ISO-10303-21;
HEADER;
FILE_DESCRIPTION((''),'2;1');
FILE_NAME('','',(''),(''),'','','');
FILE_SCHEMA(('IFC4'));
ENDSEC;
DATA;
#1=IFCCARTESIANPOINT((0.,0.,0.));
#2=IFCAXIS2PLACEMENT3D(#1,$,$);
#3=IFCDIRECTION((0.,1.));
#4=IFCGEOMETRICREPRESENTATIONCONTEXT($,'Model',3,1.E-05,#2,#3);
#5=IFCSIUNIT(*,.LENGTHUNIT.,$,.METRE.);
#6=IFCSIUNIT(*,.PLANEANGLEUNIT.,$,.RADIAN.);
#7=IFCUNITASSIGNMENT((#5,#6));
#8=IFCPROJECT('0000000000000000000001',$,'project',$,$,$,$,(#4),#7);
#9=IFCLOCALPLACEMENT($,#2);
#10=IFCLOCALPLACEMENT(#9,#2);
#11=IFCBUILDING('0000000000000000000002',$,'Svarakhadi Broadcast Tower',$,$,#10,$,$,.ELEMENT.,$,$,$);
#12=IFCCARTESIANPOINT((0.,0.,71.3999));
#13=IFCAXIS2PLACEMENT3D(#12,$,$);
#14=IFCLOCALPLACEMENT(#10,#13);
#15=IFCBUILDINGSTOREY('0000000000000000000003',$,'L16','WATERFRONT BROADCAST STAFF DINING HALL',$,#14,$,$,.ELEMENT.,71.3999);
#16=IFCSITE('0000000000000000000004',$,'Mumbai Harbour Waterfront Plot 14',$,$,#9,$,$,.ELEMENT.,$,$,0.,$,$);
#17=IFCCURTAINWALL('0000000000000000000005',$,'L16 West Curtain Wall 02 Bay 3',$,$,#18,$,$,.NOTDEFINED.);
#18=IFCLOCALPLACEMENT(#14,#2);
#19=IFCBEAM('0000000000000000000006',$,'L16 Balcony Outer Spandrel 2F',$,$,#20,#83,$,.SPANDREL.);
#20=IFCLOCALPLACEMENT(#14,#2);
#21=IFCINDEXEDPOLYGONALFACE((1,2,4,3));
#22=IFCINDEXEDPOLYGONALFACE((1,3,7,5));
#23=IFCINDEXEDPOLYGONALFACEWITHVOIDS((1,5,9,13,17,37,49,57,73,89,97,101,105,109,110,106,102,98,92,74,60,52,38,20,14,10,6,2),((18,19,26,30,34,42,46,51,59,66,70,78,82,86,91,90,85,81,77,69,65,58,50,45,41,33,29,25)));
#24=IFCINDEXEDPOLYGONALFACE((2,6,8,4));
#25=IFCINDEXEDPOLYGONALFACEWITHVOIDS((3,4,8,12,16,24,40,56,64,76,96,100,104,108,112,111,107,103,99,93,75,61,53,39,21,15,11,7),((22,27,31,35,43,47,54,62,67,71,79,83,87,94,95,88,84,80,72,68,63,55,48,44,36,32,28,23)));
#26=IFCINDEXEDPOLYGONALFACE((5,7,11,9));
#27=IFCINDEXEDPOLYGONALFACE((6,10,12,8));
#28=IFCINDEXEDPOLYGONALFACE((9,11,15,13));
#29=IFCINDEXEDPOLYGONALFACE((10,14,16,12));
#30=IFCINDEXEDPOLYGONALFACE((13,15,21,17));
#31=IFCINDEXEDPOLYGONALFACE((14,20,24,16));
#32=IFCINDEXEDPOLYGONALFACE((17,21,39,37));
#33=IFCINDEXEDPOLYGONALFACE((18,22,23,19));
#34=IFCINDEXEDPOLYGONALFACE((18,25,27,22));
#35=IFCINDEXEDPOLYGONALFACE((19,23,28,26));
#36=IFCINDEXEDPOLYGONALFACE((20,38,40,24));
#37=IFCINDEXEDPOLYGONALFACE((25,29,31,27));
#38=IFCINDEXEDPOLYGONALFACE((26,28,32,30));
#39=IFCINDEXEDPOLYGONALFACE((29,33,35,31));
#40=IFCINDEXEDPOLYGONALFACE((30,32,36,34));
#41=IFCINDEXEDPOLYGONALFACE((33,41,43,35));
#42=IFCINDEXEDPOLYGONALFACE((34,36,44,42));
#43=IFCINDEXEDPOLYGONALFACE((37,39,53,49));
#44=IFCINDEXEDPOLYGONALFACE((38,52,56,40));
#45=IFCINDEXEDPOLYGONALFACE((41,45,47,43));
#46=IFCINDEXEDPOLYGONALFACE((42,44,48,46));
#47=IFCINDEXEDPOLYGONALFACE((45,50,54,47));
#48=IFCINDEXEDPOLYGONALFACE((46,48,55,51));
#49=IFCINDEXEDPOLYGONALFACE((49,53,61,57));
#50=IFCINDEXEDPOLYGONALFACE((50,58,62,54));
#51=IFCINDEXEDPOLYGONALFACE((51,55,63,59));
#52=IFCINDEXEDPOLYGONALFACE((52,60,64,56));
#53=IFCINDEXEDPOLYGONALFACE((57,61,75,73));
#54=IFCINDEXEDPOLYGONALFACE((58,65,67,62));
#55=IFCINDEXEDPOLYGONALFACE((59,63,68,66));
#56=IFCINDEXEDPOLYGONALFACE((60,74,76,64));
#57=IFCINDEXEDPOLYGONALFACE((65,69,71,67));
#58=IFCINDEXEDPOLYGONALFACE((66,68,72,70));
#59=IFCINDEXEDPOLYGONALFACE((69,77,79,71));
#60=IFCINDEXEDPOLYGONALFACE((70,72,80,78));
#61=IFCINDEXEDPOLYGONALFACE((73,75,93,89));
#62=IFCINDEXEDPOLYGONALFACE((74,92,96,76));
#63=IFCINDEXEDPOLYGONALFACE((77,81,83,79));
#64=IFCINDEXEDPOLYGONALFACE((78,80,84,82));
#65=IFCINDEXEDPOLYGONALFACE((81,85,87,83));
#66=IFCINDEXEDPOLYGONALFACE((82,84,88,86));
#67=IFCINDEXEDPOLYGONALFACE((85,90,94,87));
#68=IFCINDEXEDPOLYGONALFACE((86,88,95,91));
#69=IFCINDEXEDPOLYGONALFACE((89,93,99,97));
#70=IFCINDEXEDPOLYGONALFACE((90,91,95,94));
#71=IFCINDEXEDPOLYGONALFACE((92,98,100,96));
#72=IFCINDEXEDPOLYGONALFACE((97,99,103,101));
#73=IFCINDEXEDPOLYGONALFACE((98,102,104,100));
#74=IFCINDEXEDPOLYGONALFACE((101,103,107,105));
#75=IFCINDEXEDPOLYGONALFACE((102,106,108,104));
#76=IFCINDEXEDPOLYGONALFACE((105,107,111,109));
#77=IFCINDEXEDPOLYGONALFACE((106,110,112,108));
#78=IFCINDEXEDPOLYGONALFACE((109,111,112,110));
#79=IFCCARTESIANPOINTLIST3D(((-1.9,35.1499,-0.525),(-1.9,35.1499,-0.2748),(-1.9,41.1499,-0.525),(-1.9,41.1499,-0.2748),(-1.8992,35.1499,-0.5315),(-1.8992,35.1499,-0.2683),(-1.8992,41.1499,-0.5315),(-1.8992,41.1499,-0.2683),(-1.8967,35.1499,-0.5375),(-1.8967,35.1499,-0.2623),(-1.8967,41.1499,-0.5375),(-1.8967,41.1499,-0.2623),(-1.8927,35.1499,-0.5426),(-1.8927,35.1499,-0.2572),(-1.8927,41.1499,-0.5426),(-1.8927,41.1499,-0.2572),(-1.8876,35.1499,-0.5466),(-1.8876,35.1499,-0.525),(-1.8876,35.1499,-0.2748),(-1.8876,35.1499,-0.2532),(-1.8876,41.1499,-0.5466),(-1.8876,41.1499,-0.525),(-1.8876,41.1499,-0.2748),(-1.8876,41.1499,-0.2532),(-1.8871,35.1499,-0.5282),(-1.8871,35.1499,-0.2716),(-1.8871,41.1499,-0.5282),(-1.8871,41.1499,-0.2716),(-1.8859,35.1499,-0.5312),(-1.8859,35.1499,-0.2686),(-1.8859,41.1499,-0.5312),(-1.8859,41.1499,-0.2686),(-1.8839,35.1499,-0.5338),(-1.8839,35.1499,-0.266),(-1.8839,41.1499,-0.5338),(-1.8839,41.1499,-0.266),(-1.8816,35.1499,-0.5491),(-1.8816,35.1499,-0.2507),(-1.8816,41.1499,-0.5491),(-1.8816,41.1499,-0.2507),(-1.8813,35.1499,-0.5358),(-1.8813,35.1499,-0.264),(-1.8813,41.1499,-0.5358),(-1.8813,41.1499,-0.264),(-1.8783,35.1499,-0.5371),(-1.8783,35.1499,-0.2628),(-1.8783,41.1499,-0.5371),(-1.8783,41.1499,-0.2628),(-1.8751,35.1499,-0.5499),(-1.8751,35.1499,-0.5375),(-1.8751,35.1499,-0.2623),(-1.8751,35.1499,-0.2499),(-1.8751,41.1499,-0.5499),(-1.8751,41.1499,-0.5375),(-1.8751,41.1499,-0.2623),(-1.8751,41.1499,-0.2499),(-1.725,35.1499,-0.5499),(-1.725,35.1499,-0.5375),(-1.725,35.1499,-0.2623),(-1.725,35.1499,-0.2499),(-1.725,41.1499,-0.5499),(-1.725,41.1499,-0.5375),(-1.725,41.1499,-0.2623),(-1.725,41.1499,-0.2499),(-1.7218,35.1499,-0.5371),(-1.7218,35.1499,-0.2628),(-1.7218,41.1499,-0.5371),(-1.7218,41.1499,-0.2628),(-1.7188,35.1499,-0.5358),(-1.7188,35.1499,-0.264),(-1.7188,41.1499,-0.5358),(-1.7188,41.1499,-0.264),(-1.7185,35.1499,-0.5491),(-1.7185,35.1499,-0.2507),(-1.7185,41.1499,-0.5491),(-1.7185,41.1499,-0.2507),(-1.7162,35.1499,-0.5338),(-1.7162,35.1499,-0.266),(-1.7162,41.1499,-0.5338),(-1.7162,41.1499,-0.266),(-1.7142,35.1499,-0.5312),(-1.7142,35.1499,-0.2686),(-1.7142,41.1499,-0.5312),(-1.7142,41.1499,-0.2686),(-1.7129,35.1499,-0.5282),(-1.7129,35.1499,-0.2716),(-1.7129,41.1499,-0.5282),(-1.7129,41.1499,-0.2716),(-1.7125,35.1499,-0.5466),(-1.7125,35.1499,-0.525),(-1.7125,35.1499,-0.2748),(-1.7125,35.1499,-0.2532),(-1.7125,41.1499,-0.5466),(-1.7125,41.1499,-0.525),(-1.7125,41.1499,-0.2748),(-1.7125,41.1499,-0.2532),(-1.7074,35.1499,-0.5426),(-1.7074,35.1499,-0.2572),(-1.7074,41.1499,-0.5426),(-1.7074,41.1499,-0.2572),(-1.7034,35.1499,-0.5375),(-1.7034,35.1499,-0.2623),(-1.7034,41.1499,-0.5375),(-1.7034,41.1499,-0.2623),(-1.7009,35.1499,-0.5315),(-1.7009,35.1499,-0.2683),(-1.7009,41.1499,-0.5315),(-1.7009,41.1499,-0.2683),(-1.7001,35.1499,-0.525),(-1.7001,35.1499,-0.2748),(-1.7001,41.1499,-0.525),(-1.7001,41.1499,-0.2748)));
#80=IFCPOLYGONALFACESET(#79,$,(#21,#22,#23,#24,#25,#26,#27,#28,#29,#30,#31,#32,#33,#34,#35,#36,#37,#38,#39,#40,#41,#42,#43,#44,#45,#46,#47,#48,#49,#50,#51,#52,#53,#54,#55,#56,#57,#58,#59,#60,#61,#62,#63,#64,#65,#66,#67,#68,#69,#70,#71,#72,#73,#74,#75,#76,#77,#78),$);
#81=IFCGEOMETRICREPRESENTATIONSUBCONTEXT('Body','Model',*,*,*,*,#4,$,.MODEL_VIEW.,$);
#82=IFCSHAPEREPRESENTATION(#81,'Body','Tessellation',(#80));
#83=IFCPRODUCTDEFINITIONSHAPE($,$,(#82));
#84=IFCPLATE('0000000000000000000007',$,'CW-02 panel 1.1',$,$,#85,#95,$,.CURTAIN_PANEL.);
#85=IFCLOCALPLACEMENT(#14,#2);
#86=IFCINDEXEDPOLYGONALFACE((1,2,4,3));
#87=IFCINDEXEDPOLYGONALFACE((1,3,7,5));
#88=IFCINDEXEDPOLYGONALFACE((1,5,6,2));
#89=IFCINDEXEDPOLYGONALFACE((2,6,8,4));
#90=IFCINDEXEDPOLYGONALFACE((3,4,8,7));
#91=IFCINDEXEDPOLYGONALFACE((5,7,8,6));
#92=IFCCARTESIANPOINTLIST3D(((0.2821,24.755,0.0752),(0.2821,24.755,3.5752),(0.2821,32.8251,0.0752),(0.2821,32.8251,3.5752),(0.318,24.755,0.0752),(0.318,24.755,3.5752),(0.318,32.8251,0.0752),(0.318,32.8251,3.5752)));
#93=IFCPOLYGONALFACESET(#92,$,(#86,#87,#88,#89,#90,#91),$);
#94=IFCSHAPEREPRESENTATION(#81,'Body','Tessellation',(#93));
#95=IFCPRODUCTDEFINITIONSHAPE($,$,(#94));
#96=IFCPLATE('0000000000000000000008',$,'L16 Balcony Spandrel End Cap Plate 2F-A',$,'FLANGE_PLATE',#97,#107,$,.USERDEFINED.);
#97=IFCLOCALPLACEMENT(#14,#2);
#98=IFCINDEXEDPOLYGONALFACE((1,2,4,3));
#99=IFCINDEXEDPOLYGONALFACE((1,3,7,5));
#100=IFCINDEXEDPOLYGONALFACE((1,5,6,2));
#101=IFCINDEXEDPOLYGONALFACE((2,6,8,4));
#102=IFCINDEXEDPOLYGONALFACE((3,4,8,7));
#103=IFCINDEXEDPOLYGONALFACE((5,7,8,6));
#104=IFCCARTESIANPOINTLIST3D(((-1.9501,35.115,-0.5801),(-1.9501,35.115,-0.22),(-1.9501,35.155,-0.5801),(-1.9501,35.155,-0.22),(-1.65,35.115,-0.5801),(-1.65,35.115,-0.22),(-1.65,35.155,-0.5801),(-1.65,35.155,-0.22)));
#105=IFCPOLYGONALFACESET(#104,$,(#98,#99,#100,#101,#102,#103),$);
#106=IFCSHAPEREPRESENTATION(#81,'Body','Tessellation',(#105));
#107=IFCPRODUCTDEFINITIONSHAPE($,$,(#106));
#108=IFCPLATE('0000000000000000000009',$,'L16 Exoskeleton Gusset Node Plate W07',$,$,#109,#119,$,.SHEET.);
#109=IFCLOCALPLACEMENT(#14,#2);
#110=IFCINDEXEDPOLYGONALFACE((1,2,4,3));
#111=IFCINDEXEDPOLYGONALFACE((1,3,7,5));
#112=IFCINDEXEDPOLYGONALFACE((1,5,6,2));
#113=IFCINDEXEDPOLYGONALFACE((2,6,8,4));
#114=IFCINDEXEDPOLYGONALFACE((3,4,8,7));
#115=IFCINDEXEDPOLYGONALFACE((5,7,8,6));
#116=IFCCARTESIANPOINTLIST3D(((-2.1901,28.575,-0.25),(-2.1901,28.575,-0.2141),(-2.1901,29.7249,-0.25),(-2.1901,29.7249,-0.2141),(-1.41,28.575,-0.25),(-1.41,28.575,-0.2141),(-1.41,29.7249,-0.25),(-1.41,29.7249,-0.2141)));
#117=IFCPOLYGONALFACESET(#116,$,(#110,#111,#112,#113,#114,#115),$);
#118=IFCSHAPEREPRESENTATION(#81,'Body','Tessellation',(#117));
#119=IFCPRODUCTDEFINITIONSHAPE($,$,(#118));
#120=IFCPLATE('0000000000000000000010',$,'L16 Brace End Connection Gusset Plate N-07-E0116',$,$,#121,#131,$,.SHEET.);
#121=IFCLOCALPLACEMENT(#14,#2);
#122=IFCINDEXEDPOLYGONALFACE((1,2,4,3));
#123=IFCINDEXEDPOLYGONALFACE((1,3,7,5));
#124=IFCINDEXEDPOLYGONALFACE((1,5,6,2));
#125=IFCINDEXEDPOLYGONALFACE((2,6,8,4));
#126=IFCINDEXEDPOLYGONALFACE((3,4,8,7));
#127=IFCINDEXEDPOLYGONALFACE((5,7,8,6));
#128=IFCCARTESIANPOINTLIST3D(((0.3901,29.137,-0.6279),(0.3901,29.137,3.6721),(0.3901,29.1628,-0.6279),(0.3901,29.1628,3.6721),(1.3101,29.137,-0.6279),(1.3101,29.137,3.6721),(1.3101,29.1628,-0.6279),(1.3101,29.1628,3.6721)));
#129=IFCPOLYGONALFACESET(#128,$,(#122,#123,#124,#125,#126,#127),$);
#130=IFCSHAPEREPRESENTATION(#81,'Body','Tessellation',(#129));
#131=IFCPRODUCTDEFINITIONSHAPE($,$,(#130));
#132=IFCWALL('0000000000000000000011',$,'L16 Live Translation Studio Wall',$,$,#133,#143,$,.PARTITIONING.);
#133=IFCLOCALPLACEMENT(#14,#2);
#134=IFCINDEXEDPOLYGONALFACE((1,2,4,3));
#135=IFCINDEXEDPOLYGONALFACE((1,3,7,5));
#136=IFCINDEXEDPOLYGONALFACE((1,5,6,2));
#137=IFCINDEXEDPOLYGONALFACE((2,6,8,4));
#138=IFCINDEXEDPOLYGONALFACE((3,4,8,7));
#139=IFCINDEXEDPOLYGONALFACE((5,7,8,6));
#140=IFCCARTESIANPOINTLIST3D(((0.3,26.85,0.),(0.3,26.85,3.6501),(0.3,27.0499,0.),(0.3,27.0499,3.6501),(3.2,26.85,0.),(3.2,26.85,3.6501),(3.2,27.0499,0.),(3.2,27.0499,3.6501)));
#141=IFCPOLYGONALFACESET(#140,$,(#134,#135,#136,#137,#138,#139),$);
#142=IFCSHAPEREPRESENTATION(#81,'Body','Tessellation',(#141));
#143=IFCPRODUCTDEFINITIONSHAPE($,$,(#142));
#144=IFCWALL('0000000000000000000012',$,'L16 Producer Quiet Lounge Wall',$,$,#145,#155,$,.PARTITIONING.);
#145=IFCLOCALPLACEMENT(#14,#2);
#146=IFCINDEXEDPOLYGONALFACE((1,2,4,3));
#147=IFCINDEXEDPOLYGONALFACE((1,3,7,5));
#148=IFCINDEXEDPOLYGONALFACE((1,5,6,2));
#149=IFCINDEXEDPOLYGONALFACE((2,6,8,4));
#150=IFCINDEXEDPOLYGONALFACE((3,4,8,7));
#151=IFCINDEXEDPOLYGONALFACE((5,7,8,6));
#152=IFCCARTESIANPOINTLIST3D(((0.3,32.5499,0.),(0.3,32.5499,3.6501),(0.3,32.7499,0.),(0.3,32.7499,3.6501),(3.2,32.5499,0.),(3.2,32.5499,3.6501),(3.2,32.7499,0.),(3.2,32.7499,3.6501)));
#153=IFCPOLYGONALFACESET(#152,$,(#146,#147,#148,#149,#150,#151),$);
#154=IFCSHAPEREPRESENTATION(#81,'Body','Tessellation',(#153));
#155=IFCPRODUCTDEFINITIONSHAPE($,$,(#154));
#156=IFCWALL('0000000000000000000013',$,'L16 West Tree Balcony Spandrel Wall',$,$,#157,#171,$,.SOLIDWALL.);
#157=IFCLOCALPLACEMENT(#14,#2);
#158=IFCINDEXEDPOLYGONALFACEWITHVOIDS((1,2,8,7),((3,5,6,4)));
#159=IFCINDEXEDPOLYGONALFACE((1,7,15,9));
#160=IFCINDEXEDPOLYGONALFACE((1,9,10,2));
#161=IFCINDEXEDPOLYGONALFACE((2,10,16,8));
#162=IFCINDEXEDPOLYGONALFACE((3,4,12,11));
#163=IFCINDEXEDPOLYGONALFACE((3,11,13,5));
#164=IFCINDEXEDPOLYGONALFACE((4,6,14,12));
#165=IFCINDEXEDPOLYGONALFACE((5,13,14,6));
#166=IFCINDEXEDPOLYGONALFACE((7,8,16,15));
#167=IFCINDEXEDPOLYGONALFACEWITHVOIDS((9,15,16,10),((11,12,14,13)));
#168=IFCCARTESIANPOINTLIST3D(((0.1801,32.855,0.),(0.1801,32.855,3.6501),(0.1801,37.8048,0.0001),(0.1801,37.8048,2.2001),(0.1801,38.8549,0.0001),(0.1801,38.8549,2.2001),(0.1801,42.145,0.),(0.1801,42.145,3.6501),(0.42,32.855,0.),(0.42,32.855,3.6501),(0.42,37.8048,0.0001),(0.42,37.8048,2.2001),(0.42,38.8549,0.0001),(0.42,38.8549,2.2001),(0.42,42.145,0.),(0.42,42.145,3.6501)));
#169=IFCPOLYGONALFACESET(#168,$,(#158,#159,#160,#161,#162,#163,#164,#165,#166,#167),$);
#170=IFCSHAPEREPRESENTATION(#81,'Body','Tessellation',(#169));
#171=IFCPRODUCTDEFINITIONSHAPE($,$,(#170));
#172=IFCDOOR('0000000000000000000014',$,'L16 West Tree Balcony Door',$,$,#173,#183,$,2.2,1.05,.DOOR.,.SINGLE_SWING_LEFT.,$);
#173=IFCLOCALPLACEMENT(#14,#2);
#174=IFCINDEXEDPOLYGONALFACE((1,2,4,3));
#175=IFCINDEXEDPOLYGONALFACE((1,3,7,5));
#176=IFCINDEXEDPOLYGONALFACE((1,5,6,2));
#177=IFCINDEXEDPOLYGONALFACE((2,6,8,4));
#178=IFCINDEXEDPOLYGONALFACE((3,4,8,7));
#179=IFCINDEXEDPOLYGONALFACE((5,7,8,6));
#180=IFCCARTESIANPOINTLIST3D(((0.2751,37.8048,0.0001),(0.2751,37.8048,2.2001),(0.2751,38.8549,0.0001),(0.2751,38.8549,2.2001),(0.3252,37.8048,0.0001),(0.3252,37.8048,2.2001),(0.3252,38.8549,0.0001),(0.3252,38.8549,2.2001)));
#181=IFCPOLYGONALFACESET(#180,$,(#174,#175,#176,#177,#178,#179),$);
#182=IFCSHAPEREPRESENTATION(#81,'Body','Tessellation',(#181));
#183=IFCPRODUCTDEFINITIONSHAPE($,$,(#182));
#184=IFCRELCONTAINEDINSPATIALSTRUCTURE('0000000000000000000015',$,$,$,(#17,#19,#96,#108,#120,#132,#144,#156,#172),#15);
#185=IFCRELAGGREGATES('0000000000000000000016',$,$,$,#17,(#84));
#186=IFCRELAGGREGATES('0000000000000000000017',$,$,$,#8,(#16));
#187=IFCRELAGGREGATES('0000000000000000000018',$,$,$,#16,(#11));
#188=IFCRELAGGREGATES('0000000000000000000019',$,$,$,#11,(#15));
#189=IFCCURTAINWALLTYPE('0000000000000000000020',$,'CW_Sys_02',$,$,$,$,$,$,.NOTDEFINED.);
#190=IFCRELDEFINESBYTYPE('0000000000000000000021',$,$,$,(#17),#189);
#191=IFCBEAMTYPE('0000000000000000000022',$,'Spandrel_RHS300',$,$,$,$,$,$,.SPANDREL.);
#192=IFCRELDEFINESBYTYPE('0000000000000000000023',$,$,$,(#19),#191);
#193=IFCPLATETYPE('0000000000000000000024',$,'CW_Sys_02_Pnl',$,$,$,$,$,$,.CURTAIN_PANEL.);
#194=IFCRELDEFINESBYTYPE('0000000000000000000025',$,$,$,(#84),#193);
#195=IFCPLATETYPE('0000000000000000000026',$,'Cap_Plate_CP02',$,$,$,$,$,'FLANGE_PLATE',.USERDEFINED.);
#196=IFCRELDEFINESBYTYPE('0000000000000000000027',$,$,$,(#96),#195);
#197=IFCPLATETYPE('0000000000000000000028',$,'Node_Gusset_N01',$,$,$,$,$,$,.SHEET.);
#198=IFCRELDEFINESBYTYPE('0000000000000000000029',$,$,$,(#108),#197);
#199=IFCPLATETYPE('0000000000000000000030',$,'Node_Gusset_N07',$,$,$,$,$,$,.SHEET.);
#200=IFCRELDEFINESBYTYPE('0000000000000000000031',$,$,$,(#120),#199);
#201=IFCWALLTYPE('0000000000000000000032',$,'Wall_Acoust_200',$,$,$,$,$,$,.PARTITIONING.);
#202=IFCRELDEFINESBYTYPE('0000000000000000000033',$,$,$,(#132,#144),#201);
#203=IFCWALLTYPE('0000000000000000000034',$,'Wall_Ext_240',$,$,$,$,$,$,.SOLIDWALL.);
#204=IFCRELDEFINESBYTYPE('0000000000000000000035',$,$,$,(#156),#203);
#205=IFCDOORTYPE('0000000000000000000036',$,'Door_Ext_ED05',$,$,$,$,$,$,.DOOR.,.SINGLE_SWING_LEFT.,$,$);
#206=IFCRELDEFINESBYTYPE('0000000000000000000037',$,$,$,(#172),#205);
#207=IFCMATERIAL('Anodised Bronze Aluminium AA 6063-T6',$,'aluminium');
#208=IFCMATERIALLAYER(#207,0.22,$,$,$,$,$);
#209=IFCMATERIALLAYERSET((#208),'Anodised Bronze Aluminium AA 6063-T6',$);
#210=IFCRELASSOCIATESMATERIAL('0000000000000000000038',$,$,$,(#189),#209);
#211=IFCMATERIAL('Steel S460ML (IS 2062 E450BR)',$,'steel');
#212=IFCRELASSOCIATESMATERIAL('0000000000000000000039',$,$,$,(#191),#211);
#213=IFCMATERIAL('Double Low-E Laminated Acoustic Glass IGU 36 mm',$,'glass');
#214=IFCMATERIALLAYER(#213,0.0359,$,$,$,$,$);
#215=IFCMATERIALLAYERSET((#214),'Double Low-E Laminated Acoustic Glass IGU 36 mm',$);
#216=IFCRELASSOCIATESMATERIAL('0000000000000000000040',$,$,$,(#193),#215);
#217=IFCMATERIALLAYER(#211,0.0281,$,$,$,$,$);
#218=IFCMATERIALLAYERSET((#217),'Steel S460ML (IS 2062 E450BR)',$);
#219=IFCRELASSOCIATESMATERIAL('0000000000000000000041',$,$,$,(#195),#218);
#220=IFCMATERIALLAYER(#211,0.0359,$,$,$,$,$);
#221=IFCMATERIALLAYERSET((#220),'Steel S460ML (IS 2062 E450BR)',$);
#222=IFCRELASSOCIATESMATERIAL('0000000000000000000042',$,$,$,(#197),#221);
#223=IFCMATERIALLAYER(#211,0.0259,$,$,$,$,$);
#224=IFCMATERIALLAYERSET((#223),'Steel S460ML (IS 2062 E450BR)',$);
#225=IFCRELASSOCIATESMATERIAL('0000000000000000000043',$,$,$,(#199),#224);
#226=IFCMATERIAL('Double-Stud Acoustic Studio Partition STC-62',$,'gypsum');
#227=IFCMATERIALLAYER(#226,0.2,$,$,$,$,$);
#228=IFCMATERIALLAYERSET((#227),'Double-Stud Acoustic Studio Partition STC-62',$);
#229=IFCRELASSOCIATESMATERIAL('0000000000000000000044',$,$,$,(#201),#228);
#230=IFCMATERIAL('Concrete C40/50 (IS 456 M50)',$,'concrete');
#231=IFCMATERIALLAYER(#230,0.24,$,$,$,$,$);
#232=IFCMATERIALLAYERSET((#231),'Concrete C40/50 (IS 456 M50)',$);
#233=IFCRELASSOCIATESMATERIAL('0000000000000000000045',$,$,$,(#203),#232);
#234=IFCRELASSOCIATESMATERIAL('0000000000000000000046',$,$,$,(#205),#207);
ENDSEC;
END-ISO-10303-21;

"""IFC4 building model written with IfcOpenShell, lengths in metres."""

from ifc_helpers import new_model, si_unit, direction, frame, frame_2d, origin, origin_2d, place, context, subcontext, project, spatial, rectangle, hollow_rectangle, extrude, material, layer, layer_set, material_profile, profile_set, type_object, element, fill, aggregate, save


model = new_model("IFC4")

# Units and contexts
model_context = context("Model", 3, precision=1e-05, world=origin(), true_north=direction((0.0, 1.0)))
body_context = subcontext(model_context, "Body", "Model", "MODEL_VIEW")
ifc_project = project(units=[si_unit("LENGTHUNIT", "METRE"), si_unit("PLANEANGLEUNIT", "RADIAN")], contexts=[model_context])

# Site, building, storey
site_placement = place(None, origin())
site = spatial("IfcSite", under=ifc_project, at=site_placement, Name="Mumbai Harbour Waterfront Plot 14", CompositionType="ELEMENT", RefElevation=0.0)
building_placement = place(site_placement, origin())
building = spatial("IfcBuilding", under=site, at=building_placement, Name="Svarakhadi Broadcast Tower", CompositionType="ELEMENT")
storey_placement = place(building_placement, frame((0.0, 0.0, 71.3999)))
storey = spatial("IfcBuildingStorey", under=building, at=storey_placement, Name="L16", Description="WATERFRONT BROADCAST STAFF DINING HALL", CompositionType="ELEMENT", Elevation=71.3999)

# Shared definitions
ifc_material_1 = material(Name="Steel S460ML (IS 2062 E450BR)", Category="steel")

# Curtain wall
ifc_material_2 = material(Name="Anodised Bronze Aluminium AA 6063-T6", Category="aluminium")
ifc_layer_1 = layer(ifc_material_2, 0.22)
ifc_layer_set_1 = layer_set([ifc_layer_1], Name="Anodised Bronze Aluminium AA 6063-T6")
curtain_wall_type = type_object("IfcCurtainWallType", Name="CW_Sys_02", PredefinedType="NOTDEFINED", material=ifc_layer_set_1)
curtain_wall_placement = place(storey_placement, origin())
curtain_wall = element("IfcCurtainWall", 1, at=curtain_wall_placement, inside=storey, type_object=curtain_wall_type, Name="L16 West Curtain Wall 02 Bay 3", PredefinedType="NOTDEFINED")

# Beam
ifc_material_profile_1 = material_profile(ifc_material_1, hollow_rectangle(XDim=0.2, YDim=0.3, WallThickness=0.0125, InnerFilletRadius=0.0125, OuterFilletRadius=0.0249, at=origin_2d()), Name="RHS 300x200x12.5")
ifc_profile_set_1 = profile_set([ifc_material_profile_1], Name="Steel S460ML (IS 2062 E450BR)")
beam_type_1 = type_object("IfcBeamType", Name="Spandrel_RHS300", PredefinedType="SPANDREL", material=ifc_profile_set_1)
beam_1_placement = place(storey_placement, frame((-1.8, 35.1499, -0.3999), z_axis=(0.0, 1.0, 0.0), x_axis=(-1.0, 0.0, 0.0)))
element("IfcBeam", 2, at=beam_1_placement, inside=storey, type_object=beam_type_1, Name="L16 Balcony Outer Spandrel 2F", PredefinedType="SPANDREL", context=body_context, shape_type="SweptSolid", body=[
    extrude(hollow_rectangle(XDim=0.2, YDim=0.3, WallThickness=0.0125, InnerFilletRadius=0.0125, OuterFilletRadius=0.0249, at=origin_2d()), origin(), (0.0, 0.0, 1.0), 6.0),
])

# Plate
ifc_material_3 = material(Name="Double Low-E Laminated Acoustic Glass IGU 36 mm", Category="glass")
ifc_layer_2 = layer(ifc_material_3, 0.0359)
ifc_layer_set_2 = layer_set([ifc_layer_2], Name="Double Low-E Laminated Acoustic Glass IGU 36 mm")
plate_type_1 = type_object("IfcPlateType", Name="CW_Sys_02_Pnl", PredefinedType="CURTAIN_PANEL", material=ifc_layer_set_2)
plate_1_placement = place(storey_placement, frame((0.3, 28.79, 0.0752), z_axis=(0.0, 0.0, 1.0), x_axis=(0.0, 1.0, 0.0)))
plate_1 = element("IfcPlate", 3, at=plate_1_placement, type_object=plate_type_1, Name="CW-02 panel 1.1", PredefinedType="CURTAIN_PANEL", context=body_context, shape_type="SweptSolid", body=[
    extrude(rectangle(XDim=8.0701, YDim=0.0359, at=origin_2d()), origin(), (0.0, 0.0, 1.0), 3.5),
])
aggregate(curtain_wall, [plate_1])

# Plates
ifc_layer_3 = layer(ifc_material_1, 0.0281)
ifc_layer_set_3 = layer_set([ifc_layer_3], Name="Steel S460ML (IS 2062 E450BR)")
plate_type_2 = type_object("IfcPlateType", Name="Cap_Plate_CP02", ElementType="FLANGE_PLATE", PredefinedType="USERDEFINED", material=ifc_layer_set_3)
plate_2_placement = place(storey_placement, frame((-1.8, 35.135, -0.5801), z_axis=(0.0, 0.0, 1.0), x_axis=(1.0, 0.0, 0.0)))
element("IfcPlate", 4, at=plate_2_placement, inside=storey, type_object=plate_type_2, Name="L16 Balcony Spandrel End Cap Plate 2F-A", ObjectType="FLANGE_PLATE", PredefinedType="USERDEFINED", context=body_context, shape_type="SweptSolid", body=[
    extrude(rectangle(XDim=0.3, YDim=0.04, at=origin_2d()), origin(), (0.0, 0.0, 1.0), 0.3601),
])
ifc_layer_4 = layer(ifc_material_1, 0.0359)
ifc_layer_set_4 = layer_set([ifc_layer_4], Name="Steel S460ML (IS 2062 E450BR)")
plate_type_3 = type_object("IfcPlateType", Name="Node_Gusset_N01", PredefinedType="SHEET", material=ifc_layer_set_4)
plate_3_placement = place(storey_placement, frame((-1.8, 29.1499, -0.25), z_axis=(0.0, 0.0, 1.0), x_axis=(0.0, 1.0, 0.0)))
element("IfcPlate", 5, at=plate_3_placement, inside=storey, type_object=plate_type_3, Name="L16 Exoskeleton Gusset Node Plate W07", PredefinedType="SHEET", context=body_context, shape_type="SweptSolid", body=[
    extrude(rectangle(XDim=1.1499, YDim=0.78, at=origin_2d()), origin(), (0.0, 0.0, 1.0), 0.0359),
])
ifc_layer_5 = layer(ifc_material_1, 0.0259)
ifc_layer_set_5 = layer_set([ifc_layer_5], Name="Steel S460ML (IS 2062 E450BR)")
plate_type_4 = type_object("IfcPlateType", Name="Node_Gusset_N07", PredefinedType="SHEET", material=ifc_layer_set_5)
plate_4_placement = place(storey_placement, frame((0.8501, 29.1499, -0.6279), z_axis=(0.0, 0.0, 1.0), x_axis=(1.0, 0.0, 0.0)))
element("IfcPlate", 6, at=plate_4_placement, inside=storey, type_object=plate_type_4, Name="L16 Brace End Connection Gusset Plate N-07-E0116", PredefinedType="SHEET", context=body_context, shape_type="SweptSolid", body=[
    extrude(rectangle(XDim=0.9199, YDim=0.0259, at=origin_2d()), origin(), (0.0, 0.0, 1.0), 4.3),
])

# Walls
ifc_material_4 = material(Name="Double-Stud Acoustic Studio Partition STC-62", Category="gypsum")
ifc_layer_6 = layer(ifc_material_4, 0.2)
ifc_layer_set_6 = layer_set([ifc_layer_6], Name="Double-Stud Acoustic Studio Partition STC-62")
wall_type_1 = type_object("IfcWallType", Name="Wall_Acoust_200", PredefinedType="PARTITIONING", material=ifc_layer_set_6)
for number, where, z_axis, x_axis, name in (
    (7, (0.3, 26.95, 0.0), (0.0, 0.0, 1.0), (1.0, 0.0, 0.0), "L16 Live Translation Studio Wall"),
    (8, (0.3, 32.6499, 0.0), (0.0, 0.0, 1.0), (1.0, 0.0, 0.0), "L16 Producer Quiet Lounge Wall"),
):
    element("IfcWall", number, at=place(storey_placement, frame(where, z_axis=z_axis, x_axis=x_axis)), inside=storey, type_object=wall_type_1, Name=name, PredefinedType="PARTITIONING", context=body_context, shape_type="SweptSolid", body=[
        extrude(rectangle(XDim=2.8999, YDim=0.2, at=frame_2d((1.45, 0.0))), origin(), (0.0, 0.0, 1.0), 3.6501),
    ])

# Wall, opening, door
ifc_material_5 = material(Name="Concrete C40/50 (IS 456 M50)", Category="concrete")
ifc_layer_7 = layer(ifc_material_5, 0.24)
ifc_layer_set_7 = layer_set([ifc_layer_7], Name="Concrete C40/50 (IS 456 M50)")
wall_type_2 = type_object("IfcWallType", Name="Wall_Ext_240", PredefinedType="SOLIDWALL", material=ifc_layer_set_7)
wall_1_placement = place(storey_placement, frame((0.3, 32.855, 0.0), z_axis=(0.0, 0.0, 1.0), x_axis=(0.0, 1.0, 0.0)))
wall_1 = element("IfcWall", 9, at=wall_1_placement, inside=storey, type_object=wall_type_2, Name="L16 West Tree Balcony Spandrel Wall", PredefinedType="SOLIDWALL", context=body_context, shape_type="SweptSolid", body=[
    extrude(rectangle(XDim=9.29, YDim=0.24, at=frame_2d((4.645, 0.0))), origin(), (0.0, 0.0, 1.0), 3.6501),
])
opening_1_placement = place(wall_1_placement, frame((4.95, 0.0, 0.0)))
opening_1 = element("IfcOpeningElement", 10, at=opening_1_placement, cuts=wall_1, PredefinedType="OPENING", context=body_context, shape_type="SweptSolid", body=[
    extrude(rectangle(XDim=1.05, YDim=2.2, at=frame_2d((0.5249, 1.1001))), frame((0.0, 0.1299, 0.0), z_axis=(0.0, -1.0, 0.0), x_axis=(1.0, 0.0, 0.0)), (0.0, 0.0, 1.0), 0.26),
])
door_type_1 = type_object("IfcDoorType", Name="Door_Ext_ED05", OperationType="SINGLE_SWING_LEFT", PredefinedType="DOOR", material=ifc_material_2)
door_1_placement = place(opening_1_placement, origin())
door_1 = element("IfcDoor", 11, at=door_1_placement, inside=storey, type_object=door_type_1, Name="L16 West Tree Balcony Door", OperationType="SINGLE_SWING_LEFT", OverallHeight=2.2, OverallWidth=1.05, PredefinedType="DOOR", context=body_context, shape_type="SweptSolid", body=[
    extrude(rectangle(XDim=1.05, YDim=2.2, at=frame_2d((0.5249, 1.1001))), frame((0.0, 0.0249, 0.0), z_axis=(0.0, -1.0, 0.0), x_axis=(1.0, 0.0, 0.0)), (0.0, 0.0, 1.0), 0.05),
])
fill(opening_1, door_1)

save(model, "model.ifc")
